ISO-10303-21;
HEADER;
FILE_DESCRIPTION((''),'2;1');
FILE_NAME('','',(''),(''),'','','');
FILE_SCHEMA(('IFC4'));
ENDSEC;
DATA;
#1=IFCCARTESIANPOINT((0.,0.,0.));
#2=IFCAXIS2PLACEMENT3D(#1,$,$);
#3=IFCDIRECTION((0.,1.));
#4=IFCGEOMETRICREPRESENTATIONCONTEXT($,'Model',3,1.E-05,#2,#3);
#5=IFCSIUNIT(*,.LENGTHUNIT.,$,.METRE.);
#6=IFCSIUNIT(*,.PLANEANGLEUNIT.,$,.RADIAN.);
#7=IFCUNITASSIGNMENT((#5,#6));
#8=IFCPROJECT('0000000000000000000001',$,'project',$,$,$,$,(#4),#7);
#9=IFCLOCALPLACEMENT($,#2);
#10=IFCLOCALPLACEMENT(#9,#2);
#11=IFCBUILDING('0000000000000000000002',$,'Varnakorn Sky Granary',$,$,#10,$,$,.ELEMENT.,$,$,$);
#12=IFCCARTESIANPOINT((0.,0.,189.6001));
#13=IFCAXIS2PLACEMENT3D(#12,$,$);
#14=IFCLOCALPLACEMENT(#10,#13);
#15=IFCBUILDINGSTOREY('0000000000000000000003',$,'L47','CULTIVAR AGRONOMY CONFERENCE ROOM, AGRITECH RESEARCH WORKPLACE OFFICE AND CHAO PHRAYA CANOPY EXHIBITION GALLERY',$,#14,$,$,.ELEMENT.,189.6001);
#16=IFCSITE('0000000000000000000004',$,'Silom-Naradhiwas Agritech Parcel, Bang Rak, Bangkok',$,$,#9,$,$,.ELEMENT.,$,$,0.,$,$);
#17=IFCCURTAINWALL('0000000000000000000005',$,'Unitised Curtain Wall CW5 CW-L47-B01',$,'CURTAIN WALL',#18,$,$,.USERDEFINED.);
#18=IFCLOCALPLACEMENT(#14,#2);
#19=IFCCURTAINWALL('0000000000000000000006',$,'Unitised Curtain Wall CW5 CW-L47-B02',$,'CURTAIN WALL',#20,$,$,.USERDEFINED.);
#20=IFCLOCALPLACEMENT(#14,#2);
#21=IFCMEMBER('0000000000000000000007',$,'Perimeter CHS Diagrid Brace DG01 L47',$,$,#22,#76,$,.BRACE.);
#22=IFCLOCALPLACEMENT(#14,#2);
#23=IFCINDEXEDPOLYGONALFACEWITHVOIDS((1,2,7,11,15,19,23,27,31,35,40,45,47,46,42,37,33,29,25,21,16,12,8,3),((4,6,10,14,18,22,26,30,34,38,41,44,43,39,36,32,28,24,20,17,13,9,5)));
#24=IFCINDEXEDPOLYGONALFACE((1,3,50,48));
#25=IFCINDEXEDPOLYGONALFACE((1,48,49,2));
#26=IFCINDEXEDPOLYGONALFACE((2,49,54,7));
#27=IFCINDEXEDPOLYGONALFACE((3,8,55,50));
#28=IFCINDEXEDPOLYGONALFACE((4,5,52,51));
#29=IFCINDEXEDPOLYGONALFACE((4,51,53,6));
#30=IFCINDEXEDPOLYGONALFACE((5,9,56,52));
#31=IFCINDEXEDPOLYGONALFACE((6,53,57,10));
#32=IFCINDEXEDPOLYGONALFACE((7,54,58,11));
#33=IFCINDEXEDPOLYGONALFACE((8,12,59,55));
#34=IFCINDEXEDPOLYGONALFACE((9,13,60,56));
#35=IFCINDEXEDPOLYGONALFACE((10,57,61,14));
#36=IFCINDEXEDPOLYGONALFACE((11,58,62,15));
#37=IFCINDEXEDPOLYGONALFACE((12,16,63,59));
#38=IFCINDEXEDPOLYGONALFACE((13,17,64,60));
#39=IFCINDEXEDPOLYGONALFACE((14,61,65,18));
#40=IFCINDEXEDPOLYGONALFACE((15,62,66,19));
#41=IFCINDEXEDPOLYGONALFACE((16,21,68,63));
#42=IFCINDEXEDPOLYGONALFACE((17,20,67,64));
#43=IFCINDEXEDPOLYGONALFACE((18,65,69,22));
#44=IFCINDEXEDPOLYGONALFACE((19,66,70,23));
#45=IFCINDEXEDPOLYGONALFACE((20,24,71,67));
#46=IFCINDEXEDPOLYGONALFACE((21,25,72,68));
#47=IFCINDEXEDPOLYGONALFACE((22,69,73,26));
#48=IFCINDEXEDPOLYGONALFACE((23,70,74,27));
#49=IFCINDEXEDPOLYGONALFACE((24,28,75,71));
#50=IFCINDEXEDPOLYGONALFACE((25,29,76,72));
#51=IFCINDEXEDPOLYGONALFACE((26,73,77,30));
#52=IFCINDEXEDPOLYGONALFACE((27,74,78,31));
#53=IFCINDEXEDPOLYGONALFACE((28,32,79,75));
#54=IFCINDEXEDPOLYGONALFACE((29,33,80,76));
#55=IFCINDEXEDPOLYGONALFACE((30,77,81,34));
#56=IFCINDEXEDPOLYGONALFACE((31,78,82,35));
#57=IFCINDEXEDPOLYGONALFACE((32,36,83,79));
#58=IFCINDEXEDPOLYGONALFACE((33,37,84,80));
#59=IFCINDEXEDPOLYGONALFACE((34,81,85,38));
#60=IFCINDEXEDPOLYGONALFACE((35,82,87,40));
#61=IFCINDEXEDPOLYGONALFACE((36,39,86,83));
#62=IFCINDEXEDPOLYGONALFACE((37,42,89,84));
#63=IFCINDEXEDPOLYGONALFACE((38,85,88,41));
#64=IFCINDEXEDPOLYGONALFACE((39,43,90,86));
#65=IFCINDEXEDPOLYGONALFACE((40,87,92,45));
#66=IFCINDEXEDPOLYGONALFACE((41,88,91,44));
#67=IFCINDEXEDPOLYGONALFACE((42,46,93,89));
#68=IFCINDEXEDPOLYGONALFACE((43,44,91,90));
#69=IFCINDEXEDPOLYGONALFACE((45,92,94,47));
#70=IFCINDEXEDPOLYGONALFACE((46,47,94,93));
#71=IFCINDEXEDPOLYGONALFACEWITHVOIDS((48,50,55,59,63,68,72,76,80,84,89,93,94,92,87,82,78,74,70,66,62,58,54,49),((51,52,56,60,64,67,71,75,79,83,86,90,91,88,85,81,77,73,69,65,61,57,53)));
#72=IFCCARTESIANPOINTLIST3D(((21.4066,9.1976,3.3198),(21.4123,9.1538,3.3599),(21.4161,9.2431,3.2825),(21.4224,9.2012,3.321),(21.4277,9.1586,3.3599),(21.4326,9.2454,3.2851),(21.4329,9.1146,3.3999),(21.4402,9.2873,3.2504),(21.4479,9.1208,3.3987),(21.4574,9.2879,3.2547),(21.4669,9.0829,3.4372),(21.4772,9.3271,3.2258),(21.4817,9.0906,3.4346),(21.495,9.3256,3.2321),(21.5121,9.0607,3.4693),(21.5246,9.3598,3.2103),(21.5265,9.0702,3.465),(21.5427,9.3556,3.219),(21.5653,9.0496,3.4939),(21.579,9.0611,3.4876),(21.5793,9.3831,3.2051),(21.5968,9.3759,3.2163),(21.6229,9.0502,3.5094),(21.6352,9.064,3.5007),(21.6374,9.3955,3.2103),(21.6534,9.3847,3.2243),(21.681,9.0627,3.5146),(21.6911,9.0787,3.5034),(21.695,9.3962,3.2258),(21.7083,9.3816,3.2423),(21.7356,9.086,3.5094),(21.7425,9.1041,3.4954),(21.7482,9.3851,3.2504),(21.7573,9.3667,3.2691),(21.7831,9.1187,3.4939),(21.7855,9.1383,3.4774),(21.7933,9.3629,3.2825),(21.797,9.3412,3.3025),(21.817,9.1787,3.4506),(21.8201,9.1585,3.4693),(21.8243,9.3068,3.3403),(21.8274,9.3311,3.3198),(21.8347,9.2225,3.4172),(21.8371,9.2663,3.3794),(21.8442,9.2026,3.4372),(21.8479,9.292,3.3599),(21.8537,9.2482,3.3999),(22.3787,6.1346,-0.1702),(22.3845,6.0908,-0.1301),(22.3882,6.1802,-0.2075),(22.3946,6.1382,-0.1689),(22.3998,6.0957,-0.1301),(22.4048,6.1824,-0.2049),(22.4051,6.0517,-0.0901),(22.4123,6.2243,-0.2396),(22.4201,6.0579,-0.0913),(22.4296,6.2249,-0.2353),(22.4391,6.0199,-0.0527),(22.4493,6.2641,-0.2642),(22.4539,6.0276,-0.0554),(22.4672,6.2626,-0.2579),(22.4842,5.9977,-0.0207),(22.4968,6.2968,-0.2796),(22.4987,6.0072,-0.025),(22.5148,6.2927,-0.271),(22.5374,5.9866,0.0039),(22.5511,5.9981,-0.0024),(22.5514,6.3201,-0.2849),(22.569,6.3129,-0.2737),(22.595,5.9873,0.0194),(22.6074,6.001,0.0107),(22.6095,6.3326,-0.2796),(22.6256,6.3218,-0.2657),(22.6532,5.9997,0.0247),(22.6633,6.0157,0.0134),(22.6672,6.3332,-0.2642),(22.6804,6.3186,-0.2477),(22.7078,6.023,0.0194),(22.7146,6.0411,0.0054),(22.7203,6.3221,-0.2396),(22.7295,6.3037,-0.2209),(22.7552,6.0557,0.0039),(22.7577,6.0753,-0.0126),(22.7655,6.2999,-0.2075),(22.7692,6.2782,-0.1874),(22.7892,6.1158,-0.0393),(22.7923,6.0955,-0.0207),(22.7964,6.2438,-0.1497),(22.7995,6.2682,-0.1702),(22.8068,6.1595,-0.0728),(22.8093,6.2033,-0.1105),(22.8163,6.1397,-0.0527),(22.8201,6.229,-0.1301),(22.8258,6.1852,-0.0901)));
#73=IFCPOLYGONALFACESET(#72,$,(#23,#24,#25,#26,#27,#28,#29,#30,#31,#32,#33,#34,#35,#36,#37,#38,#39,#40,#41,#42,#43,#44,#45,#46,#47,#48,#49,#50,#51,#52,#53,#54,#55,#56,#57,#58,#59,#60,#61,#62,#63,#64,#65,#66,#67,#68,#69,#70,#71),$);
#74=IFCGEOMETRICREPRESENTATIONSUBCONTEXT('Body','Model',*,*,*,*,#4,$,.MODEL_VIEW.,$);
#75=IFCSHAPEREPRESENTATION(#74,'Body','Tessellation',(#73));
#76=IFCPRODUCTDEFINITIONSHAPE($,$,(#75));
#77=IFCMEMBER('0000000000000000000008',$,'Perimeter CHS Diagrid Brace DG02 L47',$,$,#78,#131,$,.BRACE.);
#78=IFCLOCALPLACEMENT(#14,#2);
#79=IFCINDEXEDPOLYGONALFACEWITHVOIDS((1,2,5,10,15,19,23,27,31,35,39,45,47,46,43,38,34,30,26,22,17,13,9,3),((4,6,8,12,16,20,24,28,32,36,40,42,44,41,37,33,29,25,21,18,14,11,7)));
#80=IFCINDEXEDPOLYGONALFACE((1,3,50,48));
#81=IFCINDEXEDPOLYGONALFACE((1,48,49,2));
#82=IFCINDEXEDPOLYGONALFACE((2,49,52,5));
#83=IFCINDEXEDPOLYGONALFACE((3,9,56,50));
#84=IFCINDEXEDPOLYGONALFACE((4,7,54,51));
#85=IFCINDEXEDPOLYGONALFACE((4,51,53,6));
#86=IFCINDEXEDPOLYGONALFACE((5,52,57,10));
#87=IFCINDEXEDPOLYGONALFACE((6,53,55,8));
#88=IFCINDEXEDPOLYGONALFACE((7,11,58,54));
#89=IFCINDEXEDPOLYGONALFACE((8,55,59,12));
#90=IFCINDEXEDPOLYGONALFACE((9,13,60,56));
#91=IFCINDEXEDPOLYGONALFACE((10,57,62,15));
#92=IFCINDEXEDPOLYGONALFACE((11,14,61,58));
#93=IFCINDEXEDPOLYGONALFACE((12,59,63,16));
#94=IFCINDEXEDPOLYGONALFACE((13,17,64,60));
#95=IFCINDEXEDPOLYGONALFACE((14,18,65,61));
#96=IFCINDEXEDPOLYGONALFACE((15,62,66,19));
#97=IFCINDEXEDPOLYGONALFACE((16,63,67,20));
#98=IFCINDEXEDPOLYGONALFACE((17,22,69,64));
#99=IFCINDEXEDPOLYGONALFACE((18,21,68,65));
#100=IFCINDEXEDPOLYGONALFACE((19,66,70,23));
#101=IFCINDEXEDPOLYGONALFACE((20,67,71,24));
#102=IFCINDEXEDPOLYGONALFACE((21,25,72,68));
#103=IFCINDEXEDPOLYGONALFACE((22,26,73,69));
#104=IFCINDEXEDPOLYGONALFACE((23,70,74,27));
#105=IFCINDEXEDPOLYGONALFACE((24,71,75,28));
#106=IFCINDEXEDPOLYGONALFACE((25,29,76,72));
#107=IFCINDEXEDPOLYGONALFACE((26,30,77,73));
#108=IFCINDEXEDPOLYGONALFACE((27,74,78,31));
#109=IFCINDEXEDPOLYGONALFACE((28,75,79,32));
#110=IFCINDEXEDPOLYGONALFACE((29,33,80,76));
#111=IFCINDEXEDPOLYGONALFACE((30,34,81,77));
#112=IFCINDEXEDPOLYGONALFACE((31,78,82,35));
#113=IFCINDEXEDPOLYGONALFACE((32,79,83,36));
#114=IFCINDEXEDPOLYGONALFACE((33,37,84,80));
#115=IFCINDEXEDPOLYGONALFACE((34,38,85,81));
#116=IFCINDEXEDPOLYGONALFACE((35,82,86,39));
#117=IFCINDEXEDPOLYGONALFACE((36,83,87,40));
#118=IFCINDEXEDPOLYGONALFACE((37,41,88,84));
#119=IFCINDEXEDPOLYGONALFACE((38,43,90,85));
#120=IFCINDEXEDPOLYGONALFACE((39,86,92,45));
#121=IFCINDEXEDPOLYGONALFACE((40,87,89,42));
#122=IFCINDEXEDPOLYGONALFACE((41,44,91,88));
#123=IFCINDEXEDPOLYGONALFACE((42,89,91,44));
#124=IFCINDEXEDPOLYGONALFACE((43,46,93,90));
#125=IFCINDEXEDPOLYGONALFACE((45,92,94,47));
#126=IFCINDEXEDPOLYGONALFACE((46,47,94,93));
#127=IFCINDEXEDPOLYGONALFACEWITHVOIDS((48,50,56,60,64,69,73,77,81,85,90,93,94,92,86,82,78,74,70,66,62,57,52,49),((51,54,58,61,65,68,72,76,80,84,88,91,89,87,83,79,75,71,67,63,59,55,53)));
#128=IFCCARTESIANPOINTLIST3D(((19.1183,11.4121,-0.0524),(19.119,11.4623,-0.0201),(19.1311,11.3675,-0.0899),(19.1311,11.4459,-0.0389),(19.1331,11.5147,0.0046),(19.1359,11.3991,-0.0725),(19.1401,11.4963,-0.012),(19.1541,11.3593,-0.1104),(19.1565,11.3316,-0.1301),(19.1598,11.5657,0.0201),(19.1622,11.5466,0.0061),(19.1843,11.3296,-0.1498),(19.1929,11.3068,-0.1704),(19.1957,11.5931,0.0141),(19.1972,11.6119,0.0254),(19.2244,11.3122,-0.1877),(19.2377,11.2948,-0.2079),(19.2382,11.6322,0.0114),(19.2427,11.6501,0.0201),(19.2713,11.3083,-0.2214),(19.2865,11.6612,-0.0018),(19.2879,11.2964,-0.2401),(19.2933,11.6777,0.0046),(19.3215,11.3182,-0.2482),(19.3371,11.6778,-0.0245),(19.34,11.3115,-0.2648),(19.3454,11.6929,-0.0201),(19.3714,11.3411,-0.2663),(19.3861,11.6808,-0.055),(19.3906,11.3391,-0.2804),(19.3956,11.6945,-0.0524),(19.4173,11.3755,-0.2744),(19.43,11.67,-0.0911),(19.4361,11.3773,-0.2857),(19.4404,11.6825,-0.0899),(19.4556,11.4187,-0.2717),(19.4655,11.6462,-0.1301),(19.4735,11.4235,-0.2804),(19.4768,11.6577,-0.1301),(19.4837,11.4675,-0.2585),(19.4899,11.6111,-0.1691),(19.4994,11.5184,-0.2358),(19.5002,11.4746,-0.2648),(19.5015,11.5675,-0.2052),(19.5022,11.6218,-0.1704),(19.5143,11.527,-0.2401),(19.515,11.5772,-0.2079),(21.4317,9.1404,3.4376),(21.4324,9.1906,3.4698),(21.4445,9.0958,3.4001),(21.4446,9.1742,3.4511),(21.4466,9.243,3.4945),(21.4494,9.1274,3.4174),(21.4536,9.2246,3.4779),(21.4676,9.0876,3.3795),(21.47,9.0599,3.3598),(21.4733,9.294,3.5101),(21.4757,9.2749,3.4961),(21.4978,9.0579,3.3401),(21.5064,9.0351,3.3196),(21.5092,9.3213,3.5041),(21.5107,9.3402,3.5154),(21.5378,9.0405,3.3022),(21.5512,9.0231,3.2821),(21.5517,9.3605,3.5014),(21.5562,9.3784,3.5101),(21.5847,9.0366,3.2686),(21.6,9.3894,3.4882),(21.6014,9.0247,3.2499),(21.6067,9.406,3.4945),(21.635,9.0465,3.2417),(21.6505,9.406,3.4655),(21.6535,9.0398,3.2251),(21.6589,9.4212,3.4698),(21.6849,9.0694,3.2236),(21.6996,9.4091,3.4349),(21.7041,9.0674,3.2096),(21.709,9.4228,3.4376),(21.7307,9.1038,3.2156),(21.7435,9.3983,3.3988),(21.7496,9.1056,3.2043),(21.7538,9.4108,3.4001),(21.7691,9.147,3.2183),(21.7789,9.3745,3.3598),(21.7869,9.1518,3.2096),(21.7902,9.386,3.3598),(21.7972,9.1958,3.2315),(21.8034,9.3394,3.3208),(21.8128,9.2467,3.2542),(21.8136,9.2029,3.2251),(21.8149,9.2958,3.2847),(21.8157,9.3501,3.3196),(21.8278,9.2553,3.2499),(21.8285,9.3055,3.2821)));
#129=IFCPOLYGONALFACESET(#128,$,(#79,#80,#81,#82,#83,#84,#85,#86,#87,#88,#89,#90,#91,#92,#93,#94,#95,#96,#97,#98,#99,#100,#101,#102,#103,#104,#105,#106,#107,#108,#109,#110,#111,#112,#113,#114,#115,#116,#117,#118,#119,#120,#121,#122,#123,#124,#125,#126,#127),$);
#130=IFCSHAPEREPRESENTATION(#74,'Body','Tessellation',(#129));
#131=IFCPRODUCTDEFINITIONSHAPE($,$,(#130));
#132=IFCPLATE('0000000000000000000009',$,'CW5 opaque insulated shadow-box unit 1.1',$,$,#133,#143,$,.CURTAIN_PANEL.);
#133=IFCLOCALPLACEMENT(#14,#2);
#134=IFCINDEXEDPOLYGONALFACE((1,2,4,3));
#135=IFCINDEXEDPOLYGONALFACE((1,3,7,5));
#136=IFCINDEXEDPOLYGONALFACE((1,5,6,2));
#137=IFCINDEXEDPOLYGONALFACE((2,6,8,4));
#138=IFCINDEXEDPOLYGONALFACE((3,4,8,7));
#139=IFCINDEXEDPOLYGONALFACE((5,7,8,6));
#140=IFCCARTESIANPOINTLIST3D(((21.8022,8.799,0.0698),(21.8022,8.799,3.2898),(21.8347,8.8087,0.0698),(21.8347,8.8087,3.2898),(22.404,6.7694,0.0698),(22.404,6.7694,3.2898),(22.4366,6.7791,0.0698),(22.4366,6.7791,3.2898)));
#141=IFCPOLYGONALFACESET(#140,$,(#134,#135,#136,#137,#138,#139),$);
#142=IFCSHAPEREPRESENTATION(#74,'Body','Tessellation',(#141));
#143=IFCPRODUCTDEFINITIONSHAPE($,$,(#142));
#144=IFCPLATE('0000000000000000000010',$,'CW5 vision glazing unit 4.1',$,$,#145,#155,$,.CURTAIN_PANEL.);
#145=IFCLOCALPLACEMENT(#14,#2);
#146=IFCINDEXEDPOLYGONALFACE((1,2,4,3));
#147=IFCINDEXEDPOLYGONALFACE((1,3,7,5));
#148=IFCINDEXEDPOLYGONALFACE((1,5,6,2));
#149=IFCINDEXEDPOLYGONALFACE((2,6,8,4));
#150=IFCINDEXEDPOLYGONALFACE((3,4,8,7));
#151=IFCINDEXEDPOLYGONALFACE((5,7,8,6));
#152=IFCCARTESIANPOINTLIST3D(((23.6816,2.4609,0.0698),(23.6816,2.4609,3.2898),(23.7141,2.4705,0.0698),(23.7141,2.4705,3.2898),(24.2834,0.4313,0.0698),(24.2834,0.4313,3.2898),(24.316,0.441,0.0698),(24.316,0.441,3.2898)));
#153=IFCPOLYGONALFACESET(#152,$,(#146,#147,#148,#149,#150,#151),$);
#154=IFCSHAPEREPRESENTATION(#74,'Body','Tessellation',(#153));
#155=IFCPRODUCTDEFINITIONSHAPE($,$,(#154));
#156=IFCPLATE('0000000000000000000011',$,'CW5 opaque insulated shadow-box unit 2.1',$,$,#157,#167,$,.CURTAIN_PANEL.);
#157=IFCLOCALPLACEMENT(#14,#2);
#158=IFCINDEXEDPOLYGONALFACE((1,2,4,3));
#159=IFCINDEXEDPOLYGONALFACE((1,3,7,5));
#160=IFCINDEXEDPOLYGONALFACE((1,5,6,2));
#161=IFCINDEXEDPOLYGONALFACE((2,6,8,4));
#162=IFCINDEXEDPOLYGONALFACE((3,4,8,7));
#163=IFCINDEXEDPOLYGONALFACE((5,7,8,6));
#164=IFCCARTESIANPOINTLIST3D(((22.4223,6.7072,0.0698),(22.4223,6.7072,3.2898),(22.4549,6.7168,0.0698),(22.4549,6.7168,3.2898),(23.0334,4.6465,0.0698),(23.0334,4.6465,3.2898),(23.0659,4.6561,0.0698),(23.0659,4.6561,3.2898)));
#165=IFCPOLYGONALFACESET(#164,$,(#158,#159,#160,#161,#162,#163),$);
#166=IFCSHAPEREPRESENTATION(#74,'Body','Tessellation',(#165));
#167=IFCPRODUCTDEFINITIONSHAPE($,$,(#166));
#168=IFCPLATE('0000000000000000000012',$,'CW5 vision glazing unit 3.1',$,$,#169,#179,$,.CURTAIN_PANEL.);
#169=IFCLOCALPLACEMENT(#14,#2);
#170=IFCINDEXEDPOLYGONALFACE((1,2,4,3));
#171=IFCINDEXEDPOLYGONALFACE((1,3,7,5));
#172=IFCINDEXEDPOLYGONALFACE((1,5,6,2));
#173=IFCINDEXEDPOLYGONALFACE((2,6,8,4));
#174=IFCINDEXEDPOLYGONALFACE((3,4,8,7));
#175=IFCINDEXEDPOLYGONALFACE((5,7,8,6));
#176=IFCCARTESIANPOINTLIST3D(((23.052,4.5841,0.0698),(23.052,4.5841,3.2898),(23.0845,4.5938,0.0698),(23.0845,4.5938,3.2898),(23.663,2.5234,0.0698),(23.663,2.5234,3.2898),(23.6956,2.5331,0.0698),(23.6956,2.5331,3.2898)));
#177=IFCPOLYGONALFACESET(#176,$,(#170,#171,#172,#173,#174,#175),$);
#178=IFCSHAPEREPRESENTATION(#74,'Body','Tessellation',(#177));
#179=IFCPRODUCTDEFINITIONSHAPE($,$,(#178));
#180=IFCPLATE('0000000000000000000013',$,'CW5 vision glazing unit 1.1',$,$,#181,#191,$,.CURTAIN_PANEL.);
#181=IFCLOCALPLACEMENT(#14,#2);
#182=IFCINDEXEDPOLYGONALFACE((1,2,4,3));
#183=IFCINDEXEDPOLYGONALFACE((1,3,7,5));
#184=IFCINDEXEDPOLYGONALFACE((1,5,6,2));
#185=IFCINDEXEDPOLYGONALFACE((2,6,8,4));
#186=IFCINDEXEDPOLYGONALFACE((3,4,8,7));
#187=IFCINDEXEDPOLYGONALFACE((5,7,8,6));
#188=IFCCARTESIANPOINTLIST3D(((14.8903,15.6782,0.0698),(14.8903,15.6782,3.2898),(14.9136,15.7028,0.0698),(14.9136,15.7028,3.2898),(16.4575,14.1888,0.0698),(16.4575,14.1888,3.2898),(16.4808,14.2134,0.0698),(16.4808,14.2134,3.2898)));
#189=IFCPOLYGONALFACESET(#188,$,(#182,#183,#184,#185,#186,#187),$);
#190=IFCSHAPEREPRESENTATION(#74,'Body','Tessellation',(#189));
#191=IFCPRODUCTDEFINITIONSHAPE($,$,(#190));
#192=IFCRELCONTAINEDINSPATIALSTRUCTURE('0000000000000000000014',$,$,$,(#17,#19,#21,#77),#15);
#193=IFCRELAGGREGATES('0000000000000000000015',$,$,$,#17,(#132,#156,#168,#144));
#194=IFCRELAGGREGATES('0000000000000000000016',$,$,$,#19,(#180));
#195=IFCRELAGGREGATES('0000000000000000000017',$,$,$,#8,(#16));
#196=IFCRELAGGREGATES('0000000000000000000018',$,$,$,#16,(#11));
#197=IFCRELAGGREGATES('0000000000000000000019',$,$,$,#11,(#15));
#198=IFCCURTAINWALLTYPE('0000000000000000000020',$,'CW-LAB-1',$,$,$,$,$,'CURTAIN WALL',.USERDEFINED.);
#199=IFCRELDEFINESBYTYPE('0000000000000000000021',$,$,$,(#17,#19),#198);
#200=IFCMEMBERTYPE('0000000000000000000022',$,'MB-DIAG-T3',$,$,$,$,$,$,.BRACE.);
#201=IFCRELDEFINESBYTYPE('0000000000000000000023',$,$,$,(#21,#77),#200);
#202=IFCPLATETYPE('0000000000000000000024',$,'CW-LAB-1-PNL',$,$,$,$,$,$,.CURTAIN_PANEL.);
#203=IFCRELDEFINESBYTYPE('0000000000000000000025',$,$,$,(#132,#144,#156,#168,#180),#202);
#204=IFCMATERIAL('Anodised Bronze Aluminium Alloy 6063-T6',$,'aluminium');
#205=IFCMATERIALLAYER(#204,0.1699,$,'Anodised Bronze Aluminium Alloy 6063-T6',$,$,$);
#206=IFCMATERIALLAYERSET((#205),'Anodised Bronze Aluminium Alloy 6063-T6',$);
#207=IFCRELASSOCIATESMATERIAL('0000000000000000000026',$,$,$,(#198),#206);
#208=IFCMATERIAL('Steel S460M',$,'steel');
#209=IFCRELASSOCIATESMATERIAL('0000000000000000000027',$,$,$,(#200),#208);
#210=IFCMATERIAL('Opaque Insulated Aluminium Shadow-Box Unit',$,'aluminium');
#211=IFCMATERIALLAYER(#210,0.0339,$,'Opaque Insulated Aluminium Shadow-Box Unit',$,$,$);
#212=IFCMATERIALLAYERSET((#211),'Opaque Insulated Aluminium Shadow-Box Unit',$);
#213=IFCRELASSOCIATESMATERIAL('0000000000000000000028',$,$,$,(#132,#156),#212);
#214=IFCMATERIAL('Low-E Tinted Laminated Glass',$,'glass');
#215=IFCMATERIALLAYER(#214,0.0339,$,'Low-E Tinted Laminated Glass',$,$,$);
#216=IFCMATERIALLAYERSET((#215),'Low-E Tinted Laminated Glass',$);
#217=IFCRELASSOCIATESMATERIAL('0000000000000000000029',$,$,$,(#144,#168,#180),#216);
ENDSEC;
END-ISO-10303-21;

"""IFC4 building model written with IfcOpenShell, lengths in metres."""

from ifc_helpers import new_model, si_unit, direction, frame, origin, origin_2d, place, context, subcontext, project, spatial, rectangle, hollow_circle, extrude, source, transform, mapped, material, layer, layer_set, material_profile, profile_set, type_object, element, aggregate, save


model = new_model("IFC4")

# Units and contexts
model_context = context("Model", 3, precision=1e-05, world=origin(), true_north=direction((0.0, 1.0)))
body_context = subcontext(model_context, "Body", "Model", "MODEL_VIEW")
ifc_project = project(units=[si_unit("LENGTHUNIT", "METRE"), si_unit("PLANEANGLEUNIT", "RADIAN")], contexts=[model_context])

# Site, building, storey
site_placement = place(None, origin())
site = spatial("IfcSite", under=ifc_project, at=site_placement, Name="Silom-Naradhiwas Agritech Parcel, Bang Rak, Bangkok", CompositionType="ELEMENT", RefElevation=0.0)
building_placement = place(site_placement, origin())
building = spatial("IfcBuilding", under=site, at=building_placement, Name="Varnakorn Sky Granary", CompositionType="ELEMENT")
storey_placement = place(building_placement, frame((0.0, 0.0, 189.6001)))
storey = spatial("IfcBuildingStorey", under=building, at=storey_placement, Name="L47", Description="CULTIVAR AGRONOMY CONFERENCE ROOM, AGRITECH RESEARCH WORKPLACE OFFICE AND CHAO PHRAYA CANOPY EXHIBITION GALLERY", CompositionType="ELEMENT", Elevation=189.6001)

# Shared definitions
ifc_material_1 = material(Name="Steel S460M", Category="steel")

# Curtain walls
ifc_material_2 = material(Name="Anodised Bronze Aluminium Alloy 6063-T6", Category="aluminium")
ifc_layer_1 = layer(ifc_material_2, 0.1699, Name="Anodised Bronze Aluminium Alloy 6063-T6")
ifc_layer_set_1 = layer_set([ifc_layer_1], Name="Anodised Bronze Aluminium Alloy 6063-T6")
curtain_wall_type = type_object("IfcCurtainWallType", Name="CW-LAB-1", ElementType="CURTAIN WALL", PredefinedType="USERDEFINED", material=ifc_layer_set_1)
curtain_wall_1_placement = place(storey_placement, origin())
curtain_wall_1 = element("IfcCurtainWall", 1, at=curtain_wall_1_placement, inside=storey, type_object=curtain_wall_type, Name="Unitised Curtain Wall CW5 CW-L47-B01", ObjectType="CURTAIN WALL", PredefinedType="USERDEFINED")
curtain_wall_2_placement = place(storey_placement, origin())
curtain_wall_2 = element("IfcCurtainWall", 2, at=curtain_wall_2_placement, inside=storey, type_object=curtain_wall_type, Name="Unitised Curtain Wall CW5 CW-L47-B02", ObjectType="CURTAIN WALL", PredefinedType="USERDEFINED")

# Members
ifc_material_profile_1 = material_profile(ifc_material_1, hollow_circle(Radius=0.2285, WallThickness=0.0161, at=origin_2d()), Name="CHS 457x16")
ifc_profile_set_1 = profile_set([ifc_material_profile_1], Name="Steel S460M")
member_type_1 = type_object("IfcMemberType", Name="MB-DIAG-T3", PredefinedType="BRACE", material=ifc_profile_set_1)
member_1_placement = place(storey_placement, frame((22.6023, 6.1599, -0.1301), z_axis=(-0.204919, 0.645634, 0.735639), x_axis=(-0.953143, -0.30252, 0.0)))
element("IfcMember", 3, at=member_1_placement, inside=storey, type_object=member_type_1, Name="Perimeter CHS Diagrid Brace DG01 L47", PredefinedType="BRACE", context=body_context, shape_type="SweptSolid", body=[
    extrude(hollow_circle(Radius=0.2285, WallThickness=0.0161, at=origin_2d()), origin(), (0.0, 0.0, 1.0), 4.7441),
])
member_2_placement = place(storey_placement, frame((19.3167, 11.4946, -0.1301), z_axis=(0.485646, -0.476882, 0.73262), x_axis=(0.70064, 0.713515, 0.0)))
element("IfcMember", 4, at=member_2_placement, inside=storey, type_object=member_type_1, Name="Perimeter CHS Diagrid Brace DG02 L47", PredefinedType="BRACE", context=body_context, shape_type="SweptSolid", body=[
    extrude(hollow_circle(Radius=0.2285, WallThickness=0.0161, at=origin_2d()), origin(), (0.0, 0.0, 1.0), 4.7637),
])

# Plates
ifc_material_3 = material(Name="Opaque Insulated Aluminium Shadow-Box Unit", Category="aluminium")
ifc_layer_2 = layer(ifc_material_3, 0.0339, Name="Opaque Insulated Aluminium Shadow-Box Unit")
ifc_layer_set_2 = layer_set([ifc_layer_2], Name="Opaque Insulated Aluminium Shadow-Box Unit")
plate_type = type_object("IfcPlateType", Name="CW-LAB-1-PNL", PredefinedType="CURTAIN_PANEL")
shared_shape_1 = source(origin(), body_context, "Body", "SweptSolid", [
    extrude(rectangle(XDim=2.1169, YDim=0.0339, at=origin_2d()), origin(), (0.0, 0.0, 1.0), 3.22),
])
plate_1_placement = place(storey_placement, frame((22.1194, 7.7891, 0.0698), z_axis=(0.0, 0.0, 1.0), x_axis=(0.284295, -0.958737, 0.0)))
plate_1 = element("IfcPlate", 5, at=plate_1_placement, type_object=plate_type, material=ifc_layer_set_2, Name="CW5 opaque insulated shadow-box unit 1.1", PredefinedType="CURTAIN_PANEL", context=body_context, shape_type="MappedRepresentation", body=[
    mapped(shared_shape_1, transform((0.0, 0.0, 0.0), x_axis=(1.0, 0.0, 0.0), y_axis=(0.0, 1.0, 0.0), z_axis=(0.0, 0.0, 1.0), scale=1.0)),
])
ifc_material_4 = material(Name="Low-E Tinted Laminated Glass", Category="glass")
ifc_layer_3 = layer(ifc_material_4, 0.0339, Name="Low-E Tinted Laminated Glass")
ifc_layer_set_3 = layer_set([ifc_layer_3], Name="Low-E Tinted Laminated Glass")
plate_2_placement = place(storey_placement, frame((23.9988, 1.4509, 0.0698), z_axis=(0.0, 0.0, 1.0), x_axis=(0.284295, -0.958737, 0.0)))
plate_2 = element("IfcPlate", 6, at=plate_2_placement, type_object=plate_type, material=ifc_layer_set_3, Name="CW5 vision glazing unit 4.1", PredefinedType="CURTAIN_PANEL", context=body_context, shape_type="MappedRepresentation", body=[
    mapped(shared_shape_1, transform((0.0, 0.0, 0.0), x_axis=(1.0, 0.0, 0.0), y_axis=(0.0, 1.0, 0.0), z_axis=(0.0, 0.0, 1.0), scale=1.0)),
])
shared_shape_2 = source(origin(), body_context, "Body", "SweptSolid", [
    extrude(rectangle(XDim=2.1494, YDim=0.0339, at=origin_2d()), origin(), (0.0, 0.0, 1.0), 3.22),
])
plate_3_placement = place(storey_placement, frame((22.7441, 5.6816, 0.0698), z_axis=(0.0, 0.0, 1.0), x_axis=(0.284295, -0.958737, 0.0)))
plate_3 = element("IfcPlate", 7, at=plate_3_placement, type_object=plate_type, material=ifc_layer_set_2, Name="CW5 opaque insulated shadow-box unit 2.1", PredefinedType="CURTAIN_PANEL", context=body_context, shape_type="MappedRepresentation", body=[
    mapped(shared_shape_2, transform((0.0, 0.0, 0.0), x_axis=(1.0, 0.0, 0.0), y_axis=(0.0, 1.0, 0.0), z_axis=(0.0, 0.0, 1.0), scale=1.0)),
])
plate_4_placement = place(storey_placement, frame((23.3738, 3.5586, 0.0698), z_axis=(0.0, 0.0, 1.0), x_axis=(0.284295, -0.958737, 0.0)))
plate_4 = element("IfcPlate", 8, at=plate_4_placement, type_object=plate_type, material=ifc_layer_set_3, Name="CW5 vision glazing unit 3.1", PredefinedType="CURTAIN_PANEL", context=body_context, shape_type="MappedRepresentation", body=[
    mapped(shared_shape_2, transform((0.0, 0.0, 0.0), x_axis=(1.0, 0.0, 0.0), y_axis=(0.0, 1.0, 0.0), z_axis=(0.0, 0.0, 1.0), scale=1.0)),
])
aggregate(curtain_wall_1, [plate_1, plate_3, plate_4, plate_2])
shared_shape_3 = source(origin(), body_context, "Body", "SweptSolid", [
    extrude(rectangle(XDim=2.1621, YDim=0.0339, at=origin_2d()), origin(), (0.0, 0.0, 1.0), 3.22),
])
plate_5_placement = place(storey_placement, frame((15.6855, 14.9458, 0.0698), z_axis=(0.0, 0.0, 1.0), x_axis=(0.724851, -0.688905, 0.0)))
plate_5 = element("IfcPlate", 9, at=plate_5_placement, type_object=plate_type, material=ifc_layer_set_3, Name="CW5 vision glazing unit 1.1", PredefinedType="CURTAIN_PANEL", context=body_context, shape_type="MappedRepresentation", body=[
    mapped(shared_shape_3, transform((0.0, 0.0, 0.0), x_axis=(1.0, 0.0, 0.0), y_axis=(0.0, 1.0, 0.0), z_axis=(0.0, 0.0, 1.0), scale=1.0)),
])
aggregate(curtain_wall_2, [plate_5])

save(model, "model.ifc")
